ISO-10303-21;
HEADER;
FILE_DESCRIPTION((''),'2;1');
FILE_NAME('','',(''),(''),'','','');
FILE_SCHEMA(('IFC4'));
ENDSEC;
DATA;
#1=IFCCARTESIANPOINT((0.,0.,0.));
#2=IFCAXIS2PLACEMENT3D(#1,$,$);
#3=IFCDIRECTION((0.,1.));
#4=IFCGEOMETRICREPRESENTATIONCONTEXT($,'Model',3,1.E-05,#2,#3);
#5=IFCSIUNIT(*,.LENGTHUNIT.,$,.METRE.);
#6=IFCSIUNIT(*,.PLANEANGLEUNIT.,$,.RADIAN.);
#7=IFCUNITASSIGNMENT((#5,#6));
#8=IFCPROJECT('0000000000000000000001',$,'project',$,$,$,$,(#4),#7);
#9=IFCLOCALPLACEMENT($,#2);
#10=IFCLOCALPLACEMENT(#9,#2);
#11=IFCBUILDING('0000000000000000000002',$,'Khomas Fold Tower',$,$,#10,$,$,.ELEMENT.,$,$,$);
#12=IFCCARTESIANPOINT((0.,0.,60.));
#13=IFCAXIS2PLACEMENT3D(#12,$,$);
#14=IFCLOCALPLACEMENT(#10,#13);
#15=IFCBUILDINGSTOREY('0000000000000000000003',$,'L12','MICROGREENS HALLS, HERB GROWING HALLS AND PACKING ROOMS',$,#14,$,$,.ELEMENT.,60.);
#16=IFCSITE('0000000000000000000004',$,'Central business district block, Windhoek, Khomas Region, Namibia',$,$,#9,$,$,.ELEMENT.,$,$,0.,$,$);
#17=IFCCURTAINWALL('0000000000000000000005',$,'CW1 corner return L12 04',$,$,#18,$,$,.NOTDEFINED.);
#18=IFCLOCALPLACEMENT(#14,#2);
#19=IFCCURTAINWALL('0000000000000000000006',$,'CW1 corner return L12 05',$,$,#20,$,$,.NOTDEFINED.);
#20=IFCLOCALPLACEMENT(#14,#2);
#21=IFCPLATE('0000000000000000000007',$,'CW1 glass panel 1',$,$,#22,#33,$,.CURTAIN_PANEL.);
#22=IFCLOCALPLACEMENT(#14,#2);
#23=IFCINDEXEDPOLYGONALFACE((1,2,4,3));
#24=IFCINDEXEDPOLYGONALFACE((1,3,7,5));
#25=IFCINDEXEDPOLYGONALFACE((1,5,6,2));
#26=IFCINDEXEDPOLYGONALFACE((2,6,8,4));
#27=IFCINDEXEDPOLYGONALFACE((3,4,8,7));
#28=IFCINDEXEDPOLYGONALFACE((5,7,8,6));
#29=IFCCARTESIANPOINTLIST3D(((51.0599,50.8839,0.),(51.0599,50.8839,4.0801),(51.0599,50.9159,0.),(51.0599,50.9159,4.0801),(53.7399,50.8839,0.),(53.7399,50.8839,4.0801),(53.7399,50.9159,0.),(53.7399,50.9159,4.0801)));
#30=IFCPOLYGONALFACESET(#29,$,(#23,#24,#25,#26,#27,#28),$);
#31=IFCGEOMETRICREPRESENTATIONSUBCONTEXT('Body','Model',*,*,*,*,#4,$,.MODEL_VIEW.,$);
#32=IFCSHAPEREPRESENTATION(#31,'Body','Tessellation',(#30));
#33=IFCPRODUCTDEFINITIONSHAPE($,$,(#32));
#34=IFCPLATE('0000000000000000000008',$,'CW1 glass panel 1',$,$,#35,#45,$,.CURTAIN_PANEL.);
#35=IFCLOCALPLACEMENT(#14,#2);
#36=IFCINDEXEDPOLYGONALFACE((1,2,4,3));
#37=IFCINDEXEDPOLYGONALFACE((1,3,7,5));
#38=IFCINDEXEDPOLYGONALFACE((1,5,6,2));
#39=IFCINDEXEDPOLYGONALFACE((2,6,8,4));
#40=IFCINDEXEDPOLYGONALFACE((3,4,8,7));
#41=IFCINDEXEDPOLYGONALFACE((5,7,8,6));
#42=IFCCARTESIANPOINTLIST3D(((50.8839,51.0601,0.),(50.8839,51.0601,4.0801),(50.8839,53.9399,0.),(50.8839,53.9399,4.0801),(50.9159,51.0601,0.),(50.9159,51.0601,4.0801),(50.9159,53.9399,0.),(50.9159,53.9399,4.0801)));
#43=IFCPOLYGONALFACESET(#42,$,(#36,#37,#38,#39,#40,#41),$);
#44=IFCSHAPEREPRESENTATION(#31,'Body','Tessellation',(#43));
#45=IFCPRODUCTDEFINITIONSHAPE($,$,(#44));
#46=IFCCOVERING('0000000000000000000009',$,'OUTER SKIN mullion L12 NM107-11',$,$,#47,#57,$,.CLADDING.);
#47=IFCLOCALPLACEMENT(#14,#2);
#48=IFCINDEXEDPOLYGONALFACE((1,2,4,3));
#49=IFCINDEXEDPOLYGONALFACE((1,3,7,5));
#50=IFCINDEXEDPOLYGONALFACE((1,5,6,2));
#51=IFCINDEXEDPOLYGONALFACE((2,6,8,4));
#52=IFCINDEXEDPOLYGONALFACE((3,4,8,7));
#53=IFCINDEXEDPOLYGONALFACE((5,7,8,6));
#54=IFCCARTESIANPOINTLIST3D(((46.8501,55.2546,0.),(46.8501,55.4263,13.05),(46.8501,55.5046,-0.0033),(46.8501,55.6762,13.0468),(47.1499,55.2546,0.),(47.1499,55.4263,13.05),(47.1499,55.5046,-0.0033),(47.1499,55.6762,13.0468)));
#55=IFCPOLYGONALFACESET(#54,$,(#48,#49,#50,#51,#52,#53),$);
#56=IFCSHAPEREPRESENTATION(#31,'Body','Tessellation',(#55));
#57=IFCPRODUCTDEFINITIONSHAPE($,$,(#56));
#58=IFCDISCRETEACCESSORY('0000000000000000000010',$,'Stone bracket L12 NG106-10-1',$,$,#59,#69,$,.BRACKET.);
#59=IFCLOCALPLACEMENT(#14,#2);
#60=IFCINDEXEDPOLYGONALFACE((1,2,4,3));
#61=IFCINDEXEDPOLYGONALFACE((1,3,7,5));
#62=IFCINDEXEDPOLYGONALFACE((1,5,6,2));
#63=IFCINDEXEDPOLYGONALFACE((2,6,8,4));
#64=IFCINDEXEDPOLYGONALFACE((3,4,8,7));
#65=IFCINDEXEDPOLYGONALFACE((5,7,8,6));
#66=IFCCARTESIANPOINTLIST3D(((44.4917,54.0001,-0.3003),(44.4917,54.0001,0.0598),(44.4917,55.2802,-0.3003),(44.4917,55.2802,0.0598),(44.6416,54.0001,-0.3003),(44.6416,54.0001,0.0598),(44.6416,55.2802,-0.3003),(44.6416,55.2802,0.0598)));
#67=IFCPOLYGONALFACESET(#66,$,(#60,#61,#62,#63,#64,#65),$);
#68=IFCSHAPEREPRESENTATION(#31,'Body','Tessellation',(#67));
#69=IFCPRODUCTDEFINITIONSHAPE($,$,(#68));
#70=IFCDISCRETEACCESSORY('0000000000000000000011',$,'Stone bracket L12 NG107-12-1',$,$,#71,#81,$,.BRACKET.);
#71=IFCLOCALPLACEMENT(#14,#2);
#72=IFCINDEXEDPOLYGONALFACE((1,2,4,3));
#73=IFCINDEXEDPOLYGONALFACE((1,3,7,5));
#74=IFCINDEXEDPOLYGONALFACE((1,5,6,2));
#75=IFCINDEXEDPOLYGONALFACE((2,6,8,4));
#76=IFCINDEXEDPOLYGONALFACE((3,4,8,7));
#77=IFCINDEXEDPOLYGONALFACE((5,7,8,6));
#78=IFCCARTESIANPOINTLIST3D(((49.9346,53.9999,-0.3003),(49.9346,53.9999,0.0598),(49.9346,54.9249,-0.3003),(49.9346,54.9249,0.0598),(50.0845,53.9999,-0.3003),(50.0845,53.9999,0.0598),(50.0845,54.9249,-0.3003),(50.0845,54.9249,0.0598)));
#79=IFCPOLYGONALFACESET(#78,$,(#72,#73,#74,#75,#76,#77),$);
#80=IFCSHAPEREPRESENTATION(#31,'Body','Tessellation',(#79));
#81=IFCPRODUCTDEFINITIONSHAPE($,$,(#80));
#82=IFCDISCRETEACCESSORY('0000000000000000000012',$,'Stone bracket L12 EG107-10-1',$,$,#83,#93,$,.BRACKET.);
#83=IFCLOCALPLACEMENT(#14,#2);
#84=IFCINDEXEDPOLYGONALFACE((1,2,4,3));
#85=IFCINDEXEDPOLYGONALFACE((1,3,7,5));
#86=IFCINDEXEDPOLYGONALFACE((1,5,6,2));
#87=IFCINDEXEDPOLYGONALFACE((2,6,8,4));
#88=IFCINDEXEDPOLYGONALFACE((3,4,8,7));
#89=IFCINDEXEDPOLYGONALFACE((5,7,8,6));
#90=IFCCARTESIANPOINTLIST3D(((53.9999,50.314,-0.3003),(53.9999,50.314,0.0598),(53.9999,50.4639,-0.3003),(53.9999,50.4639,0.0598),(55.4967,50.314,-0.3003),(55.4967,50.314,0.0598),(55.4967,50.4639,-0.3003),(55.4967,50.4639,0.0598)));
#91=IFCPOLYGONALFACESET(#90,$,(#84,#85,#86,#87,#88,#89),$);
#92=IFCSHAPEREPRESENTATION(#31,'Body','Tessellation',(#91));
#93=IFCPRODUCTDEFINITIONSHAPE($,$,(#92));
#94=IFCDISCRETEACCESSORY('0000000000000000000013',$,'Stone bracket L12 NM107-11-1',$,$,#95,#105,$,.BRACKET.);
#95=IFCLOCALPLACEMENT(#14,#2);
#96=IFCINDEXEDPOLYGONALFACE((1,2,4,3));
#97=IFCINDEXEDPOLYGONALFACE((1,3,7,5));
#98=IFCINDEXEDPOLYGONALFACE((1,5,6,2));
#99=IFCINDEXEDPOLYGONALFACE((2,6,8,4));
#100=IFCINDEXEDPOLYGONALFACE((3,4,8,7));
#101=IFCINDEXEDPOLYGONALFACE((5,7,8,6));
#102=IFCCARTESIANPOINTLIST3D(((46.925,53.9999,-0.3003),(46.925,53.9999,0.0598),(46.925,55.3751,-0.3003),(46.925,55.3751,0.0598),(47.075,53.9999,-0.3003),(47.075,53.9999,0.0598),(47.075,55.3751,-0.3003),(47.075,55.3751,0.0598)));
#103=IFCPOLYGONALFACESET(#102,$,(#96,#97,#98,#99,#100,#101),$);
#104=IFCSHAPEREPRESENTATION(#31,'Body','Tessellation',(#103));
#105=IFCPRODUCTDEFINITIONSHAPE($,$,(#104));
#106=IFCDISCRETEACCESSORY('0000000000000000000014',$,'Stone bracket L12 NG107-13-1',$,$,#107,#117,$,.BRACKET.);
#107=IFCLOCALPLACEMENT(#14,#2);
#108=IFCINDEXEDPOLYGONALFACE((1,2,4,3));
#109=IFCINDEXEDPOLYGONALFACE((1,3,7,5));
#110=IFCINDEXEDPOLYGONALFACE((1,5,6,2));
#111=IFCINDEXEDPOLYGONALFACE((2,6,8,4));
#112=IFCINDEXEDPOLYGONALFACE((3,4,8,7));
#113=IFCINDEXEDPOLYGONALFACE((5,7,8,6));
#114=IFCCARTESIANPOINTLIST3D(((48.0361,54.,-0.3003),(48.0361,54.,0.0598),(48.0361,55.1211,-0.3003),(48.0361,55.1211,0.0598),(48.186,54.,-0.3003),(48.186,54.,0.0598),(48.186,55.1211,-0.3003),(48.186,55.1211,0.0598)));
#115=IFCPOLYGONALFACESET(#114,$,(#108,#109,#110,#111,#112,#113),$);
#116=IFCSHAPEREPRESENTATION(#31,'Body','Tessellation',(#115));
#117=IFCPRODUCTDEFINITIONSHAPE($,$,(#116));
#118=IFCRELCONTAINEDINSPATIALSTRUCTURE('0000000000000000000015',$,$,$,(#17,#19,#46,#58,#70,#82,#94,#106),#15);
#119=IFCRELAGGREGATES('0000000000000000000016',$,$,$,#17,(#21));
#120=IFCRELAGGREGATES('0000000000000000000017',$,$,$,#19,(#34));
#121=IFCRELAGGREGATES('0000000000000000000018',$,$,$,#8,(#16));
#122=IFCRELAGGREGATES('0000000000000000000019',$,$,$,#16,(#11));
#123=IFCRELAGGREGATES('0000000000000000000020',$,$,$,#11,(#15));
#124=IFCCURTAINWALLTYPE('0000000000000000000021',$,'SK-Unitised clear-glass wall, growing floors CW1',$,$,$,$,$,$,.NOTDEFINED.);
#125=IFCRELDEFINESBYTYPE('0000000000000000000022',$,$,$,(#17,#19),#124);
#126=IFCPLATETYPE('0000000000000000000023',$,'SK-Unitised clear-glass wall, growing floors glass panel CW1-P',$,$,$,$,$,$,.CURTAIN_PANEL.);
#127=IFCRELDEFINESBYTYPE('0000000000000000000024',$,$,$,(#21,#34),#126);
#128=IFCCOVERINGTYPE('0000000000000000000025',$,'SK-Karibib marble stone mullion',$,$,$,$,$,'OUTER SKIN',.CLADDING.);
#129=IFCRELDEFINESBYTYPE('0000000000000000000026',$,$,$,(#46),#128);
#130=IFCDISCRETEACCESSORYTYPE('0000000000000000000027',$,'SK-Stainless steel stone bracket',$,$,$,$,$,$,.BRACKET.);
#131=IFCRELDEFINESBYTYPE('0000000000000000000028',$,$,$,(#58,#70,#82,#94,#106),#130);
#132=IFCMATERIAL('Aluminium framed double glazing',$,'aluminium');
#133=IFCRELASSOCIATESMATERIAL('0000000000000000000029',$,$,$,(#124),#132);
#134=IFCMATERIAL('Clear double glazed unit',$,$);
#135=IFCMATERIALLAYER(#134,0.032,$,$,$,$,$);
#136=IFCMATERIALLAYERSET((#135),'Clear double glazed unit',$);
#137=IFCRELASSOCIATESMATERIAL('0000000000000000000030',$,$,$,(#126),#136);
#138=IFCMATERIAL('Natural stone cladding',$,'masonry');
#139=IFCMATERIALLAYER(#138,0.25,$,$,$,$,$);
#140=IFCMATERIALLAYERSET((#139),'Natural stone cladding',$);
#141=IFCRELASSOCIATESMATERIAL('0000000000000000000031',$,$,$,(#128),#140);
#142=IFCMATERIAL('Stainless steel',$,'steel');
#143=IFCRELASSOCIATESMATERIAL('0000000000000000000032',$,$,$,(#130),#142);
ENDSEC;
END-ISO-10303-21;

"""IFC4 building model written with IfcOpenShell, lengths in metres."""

from ifc_helpers import new_model, si_unit, direction, frame, origin, origin_2d, place, context, subcontext, project, spatial, polyline, rectangle, outline, extrude, source, transform, mapped, material, layer, layer_set, type_object, element, aggregate, save


model = new_model("IFC4")

# Units and contexts
model_context = context("Model", 3, precision=1e-05, world=origin(), true_north=direction((0.0, 1.0)))
body_context = subcontext(model_context, "Body", "Model", "MODEL_VIEW")
ifc_project = project(units=[si_unit("LENGTHUNIT", "METRE"), si_unit("PLANEANGLEUNIT", "RADIAN")], contexts=[model_context])

# Site, building, storey
site_placement = place(None, origin())
site = spatial("IfcSite", under=ifc_project, at=site_placement, Name="Central business district block, Windhoek, Khomas Region, Namibia", CompositionType="ELEMENT", RefElevation=0.0)
building_placement = place(site_placement, origin())
building = spatial("IfcBuilding", under=site, at=building_placement, Name="Khomas Fold Tower", CompositionType="ELEMENT")
storey_placement = place(building_placement, frame((0.0, 0.0, 60.0)))
storey = spatial("IfcBuildingStorey", under=building, at=storey_placement, Name="L12", Description="MICROGREENS HALLS, HERB GROWING HALLS AND PACKING ROOMS", CompositionType="ELEMENT", Elevation=60.0)

# Shared definitions
ifc_material_1 = material(Name="Aluminium framed double glazing", Category="aluminium")
curtain_wall_type = type_object("IfcCurtainWallType", Name="SK-Unitised clear-glass wall, growing floors CW1", PredefinedType="NOTDEFINED", material=ifc_material_1)

# Curtain walls
curtain_wall_1_placement = place(storey_placement, origin())
curtain_wall_1 = element("IfcCurtainWall", 1, at=curtain_wall_1_placement, inside=storey, type_object=curtain_wall_type, Name="CW1 corner return L12 04", PredefinedType="NOTDEFINED")
curtain_wall_2_placement = place(storey_placement, origin())
curtain_wall_2 = element("IfcCurtainWall", 2, at=curtain_wall_2_placement, inside=storey, type_object=curtain_wall_type, Name="CW1 corner return L12 05", PredefinedType="NOTDEFINED")

# Plates
ifc_material_2 = material(Name="Clear double glazed unit")
ifc_layer_1 = layer(ifc_material_2, 0.032)
ifc_layer_set_1 = layer_set([ifc_layer_1], Name="Clear double glazed unit")
plate_type_1 = type_object("IfcPlateType", Name="SK-Unitised clear-glass wall, growing floors glass panel CW1-P", PredefinedType="CURTAIN_PANEL", material=ifc_layer_set_1)
shared_shape_1 = source(origin(), body_context, "Body", "SweptSolid", [
    extrude(rectangle(XDim=2.6799, YDim=0.032, at=origin_2d()), origin(), (0.0, 0.0, 1.0), 4.0801),
])
plate_1_placement = place(storey_placement, frame((52.3999, 50.8999, 0.0), z_axis=(0.0, 0.0, 1.0), x_axis=(-1.0, 0.0, 0.0)))
plate_1 = element("IfcPlate", 3, at=plate_1_placement, type_object=plate_type_1, Name="CW1 glass panel 1", PredefinedType="CURTAIN_PANEL", context=body_context, shape_type="MappedRepresentation", body=[
    mapped(shared_shape_1, transform((0.0, 0.0, 0.0))),
])
aggregate(curtain_wall_1, [plate_1])
shared_shape_2 = source(origin(), body_context, "Body", "SweptSolid", [
    extrude(rectangle(XDim=2.8799, YDim=0.032, at=origin_2d()), origin(), (0.0, 0.0, 1.0), 4.0801),
])
plate_2_placement = place(storey_placement, frame((50.8999, 52.5, 0.0), z_axis=(0.0, 0.0, 1.0), x_axis=(0.0, 1.0, 0.0)))
plate_2 = element("IfcPlate", 4, at=plate_2_placement, type_object=plate_type_1, Name="CW1 glass panel 1", PredefinedType="CURTAIN_PANEL", context=body_context, shape_type="MappedRepresentation", body=[
    mapped(shared_shape_2, transform((0.0, 0.0, 0.0))),
])
aggregate(curtain_wall_2, [plate_2])

# Covering
ifc_material_3 = material(Name="Natural stone cladding", Category="masonry")
ifc_layer_2 = layer(ifc_material_3, 0.25)
ifc_layer_set_2 = layer_set([ifc_layer_2], Name="Natural stone cladding")
covering_type = type_object("IfcCoveringType", Name="SK-Karibib marble stone mullion", ElementType="OUTER SKIN", PredefinedType="CLADDING", material=ifc_layer_set_2)
covering_placement = place(storey_placement, frame((46.8501, 55.2546, 0.0), z_axis=(0.0, -0.999914, 0.013151), x_axis=(0.0, 0.013151, 0.999914)))
element("IfcCovering", 5, at=covering_placement, inside=storey, type_object=covering_type, Name="OUTER SKIN mullion L12 NM107-11", PredefinedType="CLADDING", context=body_context, shape_type="SweptSolid", body=[
    extrude(outline(polyline([(0.0, 0.0), (13.0512, 0.0), (13.0512, -0.2998), (0.0, -0.2998), (0.0, 0.0)])), origin(), (0.0, 0.0, -1.0), 0.25),
])

# Discrete accessories
ifc_material_4 = material(Name="Stainless steel", Category="steel")
discrete_accessory_type = type_object("IfcDiscreteAccessoryType", Name="SK-Stainless steel stone bracket", PredefinedType="BRACKET", material=ifc_material_4)
shared_shape_3 = source(origin(), body_context, "Body", "SweptSolid", [
    extrude(rectangle(XDim=1.28, YDim=0.1499, at=origin_2d()), origin(), (0.0, 0.0, 1.0), 0.3601),
])
discrete_accessory_1_placement = place(storey_placement, frame((44.5667, 54.6401, -0.3003), z_axis=(0.0, 0.0, 1.0), x_axis=(0.0, 1.0, 0.0)))
element("IfcDiscreteAccessory", 6, at=discrete_accessory_1_placement, inside=storey, type_object=discrete_accessory_type, Name="Stone bracket L12 NG106-10-1", PredefinedType="BRACKET", context=body_context, shape_type="MappedRepresentation", body=[
    mapped(shared_shape_3, transform((0.0, 0.0, 0.0))),
])
shared_shape_4 = source(origin(), body_context, "Body", "SweptSolid", [
    extrude(rectangle(XDim=0.925, YDim=0.1499, at=origin_2d()), origin(), (0.0, 0.0, 1.0), 0.3601),
])
discrete_accessory_2_placement = place(storey_placement, frame((50.0095, 54.4624, -0.3003), z_axis=(0.0, 0.0, 1.0), x_axis=(0.0, 1.0, 0.0)))
element("IfcDiscreteAccessory", 7, at=discrete_accessory_2_placement, inside=storey, type_object=discrete_accessory_type, Name="Stone bracket L12 NG107-12-1", PredefinedType="BRACKET", context=body_context, shape_type="MappedRepresentation", body=[
    mapped(shared_shape_4, transform((0.0, 0.0, 0.0))),
])
shared_shape_5 = source(origin(), body_context, "Body", "SweptSolid", [
    extrude(rectangle(XDim=1.4968, YDim=0.1499, at=origin_2d()), origin(), (0.0, 0.0, 1.0), 0.3601),
])
discrete_accessory_3_placement = place(storey_placement, frame((54.7483, 50.3889, -0.3003), z_axis=(0.0, 0.0, 1.0), x_axis=(1.0, 0.0, 0.0)))
element("IfcDiscreteAccessory", 8, at=discrete_accessory_3_placement, inside=storey, type_object=discrete_accessory_type, Name="Stone bracket L12 EG107-10-1", PredefinedType="BRACKET", context=body_context, shape_type="MappedRepresentation", body=[
    mapped(shared_shape_5, transform((0.0, 0.0, 0.0))),
])
shared_shape_6 = source(origin(), body_context, "Body", "SweptSolid", [
    extrude(rectangle(XDim=1.3752, YDim=0.1499, at=origin_2d()), origin(), (0.0, 0.0, 1.0), 0.3601),
])
discrete_accessory_4_placement = place(storey_placement, frame((47.0, 54.6875, -0.3003), z_axis=(0.0, 0.0, 1.0), x_axis=(0.0, 1.0, 0.0)))
element("IfcDiscreteAccessory", 9, at=discrete_accessory_4_placement, inside=storey, type_object=discrete_accessory_type, Name="Stone bracket L12 NM107-11-1", PredefinedType="BRACKET", context=body_context, shape_type="MappedRepresentation", body=[
    mapped(shared_shape_6, transform((0.0, 0.0, 0.0))),
])
shared_shape_7 = source(origin(), body_context, "Body", "SweptSolid", [
    extrude(rectangle(XDim=1.1211, YDim=0.1499, at=origin_2d()), origin(), (0.0, 0.0, 1.0), 0.3601),
])
discrete_accessory_5_placement = place(storey_placement, frame((48.1111, 54.5605, -0.3003), z_axis=(0.0, 0.0, 1.0), x_axis=(0.0, 1.0, 0.0)))
element("IfcDiscreteAccessory", 10, at=discrete_accessory_5_placement, inside=storey, type_object=discrete_accessory_type, Name="Stone bracket L12 NG107-13-1", PredefinedType="BRACKET", context=body_context, shape_type="MappedRepresentation", body=[
    mapped(shared_shape_7, transform((0.0, 0.0, 0.0))),
])

save(model, "model.ifc")
